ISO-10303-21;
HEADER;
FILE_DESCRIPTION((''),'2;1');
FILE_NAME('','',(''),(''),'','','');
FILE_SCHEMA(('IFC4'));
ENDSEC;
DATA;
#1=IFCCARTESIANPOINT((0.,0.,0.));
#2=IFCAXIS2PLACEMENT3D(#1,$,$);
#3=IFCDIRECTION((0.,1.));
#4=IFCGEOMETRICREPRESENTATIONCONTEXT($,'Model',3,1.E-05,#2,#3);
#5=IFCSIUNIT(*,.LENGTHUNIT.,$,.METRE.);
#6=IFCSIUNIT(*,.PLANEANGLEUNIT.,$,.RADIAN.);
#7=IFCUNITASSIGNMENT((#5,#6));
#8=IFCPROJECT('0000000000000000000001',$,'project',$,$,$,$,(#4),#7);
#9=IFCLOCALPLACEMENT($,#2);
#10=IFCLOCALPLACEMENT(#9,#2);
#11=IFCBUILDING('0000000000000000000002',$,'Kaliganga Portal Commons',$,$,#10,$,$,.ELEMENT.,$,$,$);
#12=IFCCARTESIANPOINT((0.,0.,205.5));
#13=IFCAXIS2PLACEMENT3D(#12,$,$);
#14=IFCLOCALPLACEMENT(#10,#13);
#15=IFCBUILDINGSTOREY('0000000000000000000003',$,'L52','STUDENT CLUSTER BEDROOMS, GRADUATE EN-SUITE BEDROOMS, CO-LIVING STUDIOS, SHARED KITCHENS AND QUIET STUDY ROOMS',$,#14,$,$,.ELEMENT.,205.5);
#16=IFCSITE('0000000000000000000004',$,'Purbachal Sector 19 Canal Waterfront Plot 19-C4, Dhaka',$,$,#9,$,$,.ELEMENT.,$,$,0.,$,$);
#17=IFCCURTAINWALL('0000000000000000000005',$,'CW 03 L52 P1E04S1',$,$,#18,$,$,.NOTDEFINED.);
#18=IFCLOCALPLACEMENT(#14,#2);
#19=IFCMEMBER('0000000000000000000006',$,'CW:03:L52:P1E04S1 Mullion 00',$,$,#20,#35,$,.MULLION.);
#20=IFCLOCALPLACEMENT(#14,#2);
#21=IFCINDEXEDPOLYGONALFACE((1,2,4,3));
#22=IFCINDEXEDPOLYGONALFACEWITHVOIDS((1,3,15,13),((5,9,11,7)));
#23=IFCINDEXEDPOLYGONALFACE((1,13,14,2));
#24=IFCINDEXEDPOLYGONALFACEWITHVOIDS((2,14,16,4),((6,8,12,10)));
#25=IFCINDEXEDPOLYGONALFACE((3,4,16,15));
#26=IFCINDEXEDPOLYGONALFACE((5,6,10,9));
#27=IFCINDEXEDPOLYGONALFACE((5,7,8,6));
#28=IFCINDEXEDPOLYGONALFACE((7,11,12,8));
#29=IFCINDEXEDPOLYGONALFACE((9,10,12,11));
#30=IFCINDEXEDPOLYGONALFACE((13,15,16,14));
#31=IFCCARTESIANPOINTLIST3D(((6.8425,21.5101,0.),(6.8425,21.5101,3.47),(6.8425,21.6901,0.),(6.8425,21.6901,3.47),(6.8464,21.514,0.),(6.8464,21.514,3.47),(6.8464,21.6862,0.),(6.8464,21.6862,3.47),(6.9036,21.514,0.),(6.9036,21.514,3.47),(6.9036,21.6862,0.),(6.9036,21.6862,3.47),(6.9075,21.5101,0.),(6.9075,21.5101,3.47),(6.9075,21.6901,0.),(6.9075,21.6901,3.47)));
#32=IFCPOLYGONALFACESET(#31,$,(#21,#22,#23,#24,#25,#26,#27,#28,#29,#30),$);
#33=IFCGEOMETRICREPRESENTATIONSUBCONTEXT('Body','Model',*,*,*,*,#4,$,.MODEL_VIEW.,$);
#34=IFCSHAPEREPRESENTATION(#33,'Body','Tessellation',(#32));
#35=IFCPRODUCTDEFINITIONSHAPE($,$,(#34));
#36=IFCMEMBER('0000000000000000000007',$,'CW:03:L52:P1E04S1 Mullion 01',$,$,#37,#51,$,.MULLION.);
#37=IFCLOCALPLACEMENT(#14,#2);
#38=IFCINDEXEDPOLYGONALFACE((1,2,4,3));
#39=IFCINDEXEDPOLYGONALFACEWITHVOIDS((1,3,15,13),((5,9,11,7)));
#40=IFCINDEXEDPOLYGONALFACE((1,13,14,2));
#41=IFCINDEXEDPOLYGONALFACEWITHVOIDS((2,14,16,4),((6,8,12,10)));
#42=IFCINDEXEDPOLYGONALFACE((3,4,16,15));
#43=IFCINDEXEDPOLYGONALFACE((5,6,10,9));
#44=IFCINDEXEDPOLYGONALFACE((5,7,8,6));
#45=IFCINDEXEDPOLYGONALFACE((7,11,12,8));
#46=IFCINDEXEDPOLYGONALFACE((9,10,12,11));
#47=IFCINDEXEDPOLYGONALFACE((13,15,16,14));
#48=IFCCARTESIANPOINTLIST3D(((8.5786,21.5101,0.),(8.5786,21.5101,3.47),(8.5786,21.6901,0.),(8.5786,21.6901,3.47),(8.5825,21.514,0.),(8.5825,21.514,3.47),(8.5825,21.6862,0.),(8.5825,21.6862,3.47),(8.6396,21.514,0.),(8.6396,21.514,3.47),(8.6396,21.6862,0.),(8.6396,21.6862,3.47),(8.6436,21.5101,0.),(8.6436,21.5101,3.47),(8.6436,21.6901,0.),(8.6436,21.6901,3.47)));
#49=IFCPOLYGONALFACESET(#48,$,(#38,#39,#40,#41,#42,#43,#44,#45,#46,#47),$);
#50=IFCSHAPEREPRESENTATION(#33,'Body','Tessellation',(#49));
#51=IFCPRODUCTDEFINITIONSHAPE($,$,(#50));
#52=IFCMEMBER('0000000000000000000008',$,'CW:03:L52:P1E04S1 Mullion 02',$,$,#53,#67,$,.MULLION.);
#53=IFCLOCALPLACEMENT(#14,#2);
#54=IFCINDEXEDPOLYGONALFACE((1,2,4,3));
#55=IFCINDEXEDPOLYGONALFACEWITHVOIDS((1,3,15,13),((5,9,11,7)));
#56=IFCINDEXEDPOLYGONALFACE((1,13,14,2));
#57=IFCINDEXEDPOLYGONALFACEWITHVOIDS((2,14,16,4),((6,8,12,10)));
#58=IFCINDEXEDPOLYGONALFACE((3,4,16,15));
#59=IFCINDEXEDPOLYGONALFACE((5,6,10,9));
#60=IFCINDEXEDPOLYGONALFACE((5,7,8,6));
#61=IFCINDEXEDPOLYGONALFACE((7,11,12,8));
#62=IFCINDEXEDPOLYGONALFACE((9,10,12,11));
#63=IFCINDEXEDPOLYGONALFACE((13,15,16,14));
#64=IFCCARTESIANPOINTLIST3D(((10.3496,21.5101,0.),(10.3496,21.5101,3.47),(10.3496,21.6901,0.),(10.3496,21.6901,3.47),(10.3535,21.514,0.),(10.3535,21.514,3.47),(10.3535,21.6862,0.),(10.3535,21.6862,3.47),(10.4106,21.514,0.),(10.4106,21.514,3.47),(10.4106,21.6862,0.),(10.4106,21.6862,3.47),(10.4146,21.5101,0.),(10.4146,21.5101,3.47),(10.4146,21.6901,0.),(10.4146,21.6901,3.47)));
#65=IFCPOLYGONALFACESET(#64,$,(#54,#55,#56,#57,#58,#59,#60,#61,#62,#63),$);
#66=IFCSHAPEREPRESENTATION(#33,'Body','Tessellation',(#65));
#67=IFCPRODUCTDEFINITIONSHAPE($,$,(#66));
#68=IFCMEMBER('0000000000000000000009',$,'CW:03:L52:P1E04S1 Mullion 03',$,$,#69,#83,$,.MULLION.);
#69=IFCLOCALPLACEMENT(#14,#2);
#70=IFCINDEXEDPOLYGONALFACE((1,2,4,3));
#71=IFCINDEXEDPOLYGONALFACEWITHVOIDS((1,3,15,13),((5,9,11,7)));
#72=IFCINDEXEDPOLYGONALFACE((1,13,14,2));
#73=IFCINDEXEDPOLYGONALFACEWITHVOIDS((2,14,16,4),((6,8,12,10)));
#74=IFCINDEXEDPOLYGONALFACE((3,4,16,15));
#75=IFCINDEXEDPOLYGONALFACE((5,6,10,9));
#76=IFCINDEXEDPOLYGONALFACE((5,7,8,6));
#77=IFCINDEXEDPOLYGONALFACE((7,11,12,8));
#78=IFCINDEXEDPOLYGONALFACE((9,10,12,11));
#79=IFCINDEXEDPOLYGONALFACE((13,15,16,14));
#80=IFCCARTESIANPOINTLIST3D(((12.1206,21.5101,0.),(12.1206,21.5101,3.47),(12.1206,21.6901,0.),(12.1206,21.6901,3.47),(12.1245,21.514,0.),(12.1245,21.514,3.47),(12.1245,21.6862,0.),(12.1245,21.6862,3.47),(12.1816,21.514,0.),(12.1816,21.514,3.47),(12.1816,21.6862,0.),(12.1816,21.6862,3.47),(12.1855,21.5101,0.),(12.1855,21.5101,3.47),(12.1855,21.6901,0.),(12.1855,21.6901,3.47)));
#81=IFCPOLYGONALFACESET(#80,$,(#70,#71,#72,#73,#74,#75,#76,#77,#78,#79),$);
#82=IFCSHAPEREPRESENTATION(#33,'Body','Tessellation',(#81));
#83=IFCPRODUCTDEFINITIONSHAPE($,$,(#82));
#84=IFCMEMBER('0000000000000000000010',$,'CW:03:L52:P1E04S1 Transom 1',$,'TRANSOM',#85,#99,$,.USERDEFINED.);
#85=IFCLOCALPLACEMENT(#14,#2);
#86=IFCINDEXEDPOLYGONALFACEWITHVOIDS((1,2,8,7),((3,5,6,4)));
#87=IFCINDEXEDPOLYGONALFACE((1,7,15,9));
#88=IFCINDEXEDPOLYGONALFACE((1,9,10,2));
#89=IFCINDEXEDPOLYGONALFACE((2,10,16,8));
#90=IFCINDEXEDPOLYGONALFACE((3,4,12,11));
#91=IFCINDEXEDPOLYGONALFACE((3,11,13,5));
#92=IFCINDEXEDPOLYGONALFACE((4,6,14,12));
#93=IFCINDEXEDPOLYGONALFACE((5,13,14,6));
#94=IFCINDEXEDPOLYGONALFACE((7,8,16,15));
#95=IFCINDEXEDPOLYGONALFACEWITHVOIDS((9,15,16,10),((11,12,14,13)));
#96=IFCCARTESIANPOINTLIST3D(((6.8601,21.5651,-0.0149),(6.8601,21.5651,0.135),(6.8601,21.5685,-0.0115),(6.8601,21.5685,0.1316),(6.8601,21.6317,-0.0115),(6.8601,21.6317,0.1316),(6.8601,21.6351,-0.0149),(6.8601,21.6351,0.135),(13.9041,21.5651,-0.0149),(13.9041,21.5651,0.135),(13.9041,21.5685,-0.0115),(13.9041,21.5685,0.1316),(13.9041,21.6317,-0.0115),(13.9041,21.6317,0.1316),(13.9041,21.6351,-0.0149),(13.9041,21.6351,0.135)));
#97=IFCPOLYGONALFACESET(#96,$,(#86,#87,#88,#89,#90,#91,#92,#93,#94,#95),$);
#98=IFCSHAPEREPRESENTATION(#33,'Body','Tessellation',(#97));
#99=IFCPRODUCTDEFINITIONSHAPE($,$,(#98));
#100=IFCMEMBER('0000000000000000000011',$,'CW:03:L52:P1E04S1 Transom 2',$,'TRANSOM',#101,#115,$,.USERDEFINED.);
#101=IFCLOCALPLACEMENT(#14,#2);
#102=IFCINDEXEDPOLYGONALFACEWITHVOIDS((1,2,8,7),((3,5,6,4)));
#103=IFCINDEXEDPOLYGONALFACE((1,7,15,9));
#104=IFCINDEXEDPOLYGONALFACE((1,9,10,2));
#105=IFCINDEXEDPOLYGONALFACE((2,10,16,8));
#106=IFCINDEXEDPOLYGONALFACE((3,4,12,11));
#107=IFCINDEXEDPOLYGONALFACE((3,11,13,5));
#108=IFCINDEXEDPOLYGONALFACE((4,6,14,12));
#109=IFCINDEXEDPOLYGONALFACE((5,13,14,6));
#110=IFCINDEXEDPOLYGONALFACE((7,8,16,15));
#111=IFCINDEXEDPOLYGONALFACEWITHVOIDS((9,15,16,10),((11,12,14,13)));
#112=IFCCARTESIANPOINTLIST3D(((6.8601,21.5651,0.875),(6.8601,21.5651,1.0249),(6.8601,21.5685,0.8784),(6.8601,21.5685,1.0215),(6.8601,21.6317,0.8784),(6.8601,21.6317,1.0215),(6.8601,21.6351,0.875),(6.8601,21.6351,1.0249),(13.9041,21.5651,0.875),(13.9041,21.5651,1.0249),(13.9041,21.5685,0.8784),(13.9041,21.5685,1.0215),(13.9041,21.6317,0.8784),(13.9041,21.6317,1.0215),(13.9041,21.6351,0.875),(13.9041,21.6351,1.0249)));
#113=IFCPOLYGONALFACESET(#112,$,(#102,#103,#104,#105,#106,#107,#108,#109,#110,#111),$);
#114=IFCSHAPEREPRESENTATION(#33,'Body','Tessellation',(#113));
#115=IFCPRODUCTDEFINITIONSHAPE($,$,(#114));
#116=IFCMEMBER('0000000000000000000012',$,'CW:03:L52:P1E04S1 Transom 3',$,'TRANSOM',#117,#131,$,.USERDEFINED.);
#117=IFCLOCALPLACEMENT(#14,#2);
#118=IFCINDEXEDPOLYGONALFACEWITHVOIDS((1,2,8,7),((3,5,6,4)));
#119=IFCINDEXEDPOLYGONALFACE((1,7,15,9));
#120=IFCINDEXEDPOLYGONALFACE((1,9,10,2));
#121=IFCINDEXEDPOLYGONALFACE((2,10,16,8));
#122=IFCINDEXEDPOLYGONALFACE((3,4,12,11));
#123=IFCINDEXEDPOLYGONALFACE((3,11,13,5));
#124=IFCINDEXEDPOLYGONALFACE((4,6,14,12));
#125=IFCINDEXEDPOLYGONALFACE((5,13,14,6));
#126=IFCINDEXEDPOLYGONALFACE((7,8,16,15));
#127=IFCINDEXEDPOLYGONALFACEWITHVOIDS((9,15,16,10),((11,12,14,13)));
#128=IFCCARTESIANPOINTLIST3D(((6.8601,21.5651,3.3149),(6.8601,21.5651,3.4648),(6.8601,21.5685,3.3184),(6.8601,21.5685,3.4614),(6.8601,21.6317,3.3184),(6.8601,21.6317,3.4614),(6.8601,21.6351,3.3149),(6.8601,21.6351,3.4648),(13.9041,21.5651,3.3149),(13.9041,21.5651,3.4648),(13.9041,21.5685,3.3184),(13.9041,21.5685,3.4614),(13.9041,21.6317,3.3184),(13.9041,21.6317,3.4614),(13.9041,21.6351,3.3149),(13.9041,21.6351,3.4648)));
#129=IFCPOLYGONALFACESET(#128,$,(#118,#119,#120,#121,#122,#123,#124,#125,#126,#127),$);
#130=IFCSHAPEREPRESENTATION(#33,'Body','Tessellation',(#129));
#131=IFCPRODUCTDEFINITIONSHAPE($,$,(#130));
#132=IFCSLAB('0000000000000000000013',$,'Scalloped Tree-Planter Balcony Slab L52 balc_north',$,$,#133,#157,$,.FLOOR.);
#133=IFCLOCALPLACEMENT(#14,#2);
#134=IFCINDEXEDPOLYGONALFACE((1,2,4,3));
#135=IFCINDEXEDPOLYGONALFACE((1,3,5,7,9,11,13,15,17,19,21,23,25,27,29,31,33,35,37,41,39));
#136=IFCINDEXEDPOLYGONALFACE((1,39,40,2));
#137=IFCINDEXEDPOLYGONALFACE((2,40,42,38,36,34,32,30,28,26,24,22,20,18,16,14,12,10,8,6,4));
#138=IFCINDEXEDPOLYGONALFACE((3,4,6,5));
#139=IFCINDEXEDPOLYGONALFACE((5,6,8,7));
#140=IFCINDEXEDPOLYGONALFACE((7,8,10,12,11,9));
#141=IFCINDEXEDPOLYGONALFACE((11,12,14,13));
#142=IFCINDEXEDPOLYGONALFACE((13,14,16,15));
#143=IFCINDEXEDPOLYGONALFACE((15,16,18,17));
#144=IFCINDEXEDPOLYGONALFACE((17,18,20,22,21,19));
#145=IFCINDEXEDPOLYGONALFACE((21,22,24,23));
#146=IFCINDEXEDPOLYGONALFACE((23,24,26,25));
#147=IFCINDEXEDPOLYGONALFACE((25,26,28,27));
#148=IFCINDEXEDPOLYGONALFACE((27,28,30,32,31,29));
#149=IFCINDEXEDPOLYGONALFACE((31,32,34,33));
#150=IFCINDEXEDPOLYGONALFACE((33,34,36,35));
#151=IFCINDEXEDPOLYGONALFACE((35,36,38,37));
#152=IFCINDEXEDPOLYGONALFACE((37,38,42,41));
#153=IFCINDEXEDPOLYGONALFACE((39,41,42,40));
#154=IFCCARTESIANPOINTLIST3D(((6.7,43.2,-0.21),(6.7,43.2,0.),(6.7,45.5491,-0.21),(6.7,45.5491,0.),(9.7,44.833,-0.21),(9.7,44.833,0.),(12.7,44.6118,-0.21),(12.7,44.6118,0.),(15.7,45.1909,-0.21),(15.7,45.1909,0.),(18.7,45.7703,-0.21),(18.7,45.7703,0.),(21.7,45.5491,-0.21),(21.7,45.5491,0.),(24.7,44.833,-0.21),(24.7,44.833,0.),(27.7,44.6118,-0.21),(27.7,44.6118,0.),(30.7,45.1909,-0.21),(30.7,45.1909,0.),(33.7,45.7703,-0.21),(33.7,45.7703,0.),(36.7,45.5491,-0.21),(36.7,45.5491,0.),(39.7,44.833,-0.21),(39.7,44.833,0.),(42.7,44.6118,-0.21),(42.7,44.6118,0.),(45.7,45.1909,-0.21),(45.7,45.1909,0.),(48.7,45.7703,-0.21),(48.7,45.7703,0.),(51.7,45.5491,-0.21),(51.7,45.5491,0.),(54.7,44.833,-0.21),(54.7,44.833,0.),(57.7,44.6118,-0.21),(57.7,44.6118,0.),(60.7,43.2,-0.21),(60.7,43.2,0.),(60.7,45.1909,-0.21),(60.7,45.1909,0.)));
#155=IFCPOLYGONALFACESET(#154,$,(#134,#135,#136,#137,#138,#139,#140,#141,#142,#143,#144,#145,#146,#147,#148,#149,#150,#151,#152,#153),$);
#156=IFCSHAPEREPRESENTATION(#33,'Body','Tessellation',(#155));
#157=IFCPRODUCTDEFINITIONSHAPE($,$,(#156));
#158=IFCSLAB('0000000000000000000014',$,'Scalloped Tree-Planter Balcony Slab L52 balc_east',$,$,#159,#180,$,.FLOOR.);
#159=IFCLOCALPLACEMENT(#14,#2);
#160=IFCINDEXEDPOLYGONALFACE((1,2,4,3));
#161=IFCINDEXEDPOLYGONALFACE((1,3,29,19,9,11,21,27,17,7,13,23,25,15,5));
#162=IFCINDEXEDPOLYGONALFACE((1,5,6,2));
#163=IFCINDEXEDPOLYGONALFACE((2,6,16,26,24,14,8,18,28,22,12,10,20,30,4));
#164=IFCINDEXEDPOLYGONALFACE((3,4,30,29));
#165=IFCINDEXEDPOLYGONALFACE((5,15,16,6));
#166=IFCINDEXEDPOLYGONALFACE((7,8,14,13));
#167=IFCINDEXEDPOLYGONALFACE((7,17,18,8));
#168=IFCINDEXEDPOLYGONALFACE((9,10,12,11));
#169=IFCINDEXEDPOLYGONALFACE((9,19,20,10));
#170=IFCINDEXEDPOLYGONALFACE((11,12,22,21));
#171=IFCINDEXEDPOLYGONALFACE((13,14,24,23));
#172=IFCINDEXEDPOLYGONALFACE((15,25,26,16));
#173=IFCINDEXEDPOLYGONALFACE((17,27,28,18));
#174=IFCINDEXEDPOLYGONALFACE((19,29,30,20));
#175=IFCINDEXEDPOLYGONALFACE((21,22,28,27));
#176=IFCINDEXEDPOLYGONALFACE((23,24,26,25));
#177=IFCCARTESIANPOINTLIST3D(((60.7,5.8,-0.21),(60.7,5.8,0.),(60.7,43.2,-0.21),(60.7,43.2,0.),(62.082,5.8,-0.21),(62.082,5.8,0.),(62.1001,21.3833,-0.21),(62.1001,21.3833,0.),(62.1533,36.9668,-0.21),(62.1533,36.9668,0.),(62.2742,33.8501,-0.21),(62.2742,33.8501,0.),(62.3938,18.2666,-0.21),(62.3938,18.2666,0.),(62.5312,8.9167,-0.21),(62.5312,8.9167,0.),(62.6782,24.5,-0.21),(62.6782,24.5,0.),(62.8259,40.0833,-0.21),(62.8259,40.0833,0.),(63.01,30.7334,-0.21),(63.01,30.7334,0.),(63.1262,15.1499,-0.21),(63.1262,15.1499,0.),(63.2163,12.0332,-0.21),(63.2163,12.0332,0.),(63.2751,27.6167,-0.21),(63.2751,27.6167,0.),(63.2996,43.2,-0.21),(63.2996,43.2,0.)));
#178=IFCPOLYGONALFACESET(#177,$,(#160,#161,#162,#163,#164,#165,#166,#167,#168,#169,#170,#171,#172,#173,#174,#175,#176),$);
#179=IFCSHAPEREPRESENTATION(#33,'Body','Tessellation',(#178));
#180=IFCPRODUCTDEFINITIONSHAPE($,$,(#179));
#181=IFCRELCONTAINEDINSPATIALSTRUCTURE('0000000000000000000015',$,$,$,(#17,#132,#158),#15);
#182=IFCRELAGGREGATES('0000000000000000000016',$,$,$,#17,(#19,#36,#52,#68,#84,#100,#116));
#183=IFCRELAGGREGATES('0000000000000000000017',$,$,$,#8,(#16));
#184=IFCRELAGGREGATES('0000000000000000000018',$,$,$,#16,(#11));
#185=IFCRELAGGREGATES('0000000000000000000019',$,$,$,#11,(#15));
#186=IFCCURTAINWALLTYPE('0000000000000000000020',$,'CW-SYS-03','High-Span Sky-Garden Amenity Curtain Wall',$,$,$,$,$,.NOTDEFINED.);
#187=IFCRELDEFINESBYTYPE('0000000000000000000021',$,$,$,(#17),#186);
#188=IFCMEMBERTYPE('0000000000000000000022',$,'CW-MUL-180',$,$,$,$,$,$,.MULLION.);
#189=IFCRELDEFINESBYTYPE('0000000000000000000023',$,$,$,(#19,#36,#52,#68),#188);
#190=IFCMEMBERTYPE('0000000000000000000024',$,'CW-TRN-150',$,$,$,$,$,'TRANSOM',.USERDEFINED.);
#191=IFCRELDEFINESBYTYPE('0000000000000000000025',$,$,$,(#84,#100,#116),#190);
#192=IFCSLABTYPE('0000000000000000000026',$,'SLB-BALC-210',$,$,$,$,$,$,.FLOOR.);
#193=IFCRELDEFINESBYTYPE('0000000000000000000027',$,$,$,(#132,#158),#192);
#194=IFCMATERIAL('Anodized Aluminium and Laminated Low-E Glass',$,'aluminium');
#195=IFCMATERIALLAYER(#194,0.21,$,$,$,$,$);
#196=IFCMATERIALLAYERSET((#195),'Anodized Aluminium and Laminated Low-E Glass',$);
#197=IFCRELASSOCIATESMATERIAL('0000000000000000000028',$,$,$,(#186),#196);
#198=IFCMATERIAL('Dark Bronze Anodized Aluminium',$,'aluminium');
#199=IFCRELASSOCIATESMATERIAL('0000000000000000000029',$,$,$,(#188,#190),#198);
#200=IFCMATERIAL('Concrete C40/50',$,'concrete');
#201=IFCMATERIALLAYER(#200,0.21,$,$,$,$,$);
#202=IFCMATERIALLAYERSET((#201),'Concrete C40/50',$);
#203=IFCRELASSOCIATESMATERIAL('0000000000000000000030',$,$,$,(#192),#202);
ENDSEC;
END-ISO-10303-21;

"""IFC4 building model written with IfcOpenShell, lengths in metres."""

from ifc_helpers import new_model, si_unit, direction, frame, origin, origin_2d, place, context, subcontext, project, spatial, polyline, hollow_rectangle, outline, extrude, source, transform, mapped, material, layer, layer_set, material_profile, profile_set, type_object, element, aggregate, save


model = new_model("IFC4")

# Units and contexts
model_context = context("Model", 3, precision=1e-05, world=origin(), true_north=direction((0.0, 1.0)))
body_context = subcontext(model_context, "Body", "Model", "MODEL_VIEW")
ifc_project = project(units=[si_unit("LENGTHUNIT", "METRE"), si_unit("PLANEANGLEUNIT", "RADIAN")], contexts=[model_context])

# Site, building, storey
site_placement = place(None, origin())
site = spatial("IfcSite", under=ifc_project, at=site_placement, Name="Purbachal Sector 19 Canal Waterfront Plot 19-C4, Dhaka", CompositionType="ELEMENT", RefElevation=0.0)
building_placement = place(site_placement, origin())
building = spatial("IfcBuilding", under=site, at=building_placement, Name="Kaliganga Portal Commons", CompositionType="ELEMENT")
storey_placement = place(building_placement, frame((0.0, 0.0, 205.5)))
storey = spatial("IfcBuildingStorey", under=building, at=storey_placement, Name="L52", Description="STUDENT CLUSTER BEDROOMS, GRADUATE EN-SUITE BEDROOMS, CO-LIVING STUDIOS, SHARED KITCHENS AND QUIET STUDY ROOMS", CompositionType="ELEMENT", Elevation=205.5)

# Curtain wall, members
ifc_material_1 = material(Name="Anodized Aluminium and Laminated Low-E Glass", Category="aluminium")
ifc_layer_1 = layer(ifc_material_1, 0.21)
ifc_layer_set_1 = layer_set([ifc_layer_1], Name="Anodized Aluminium and Laminated Low-E Glass")
curtain_wall_type = type_object("IfcCurtainWallType", Name="CW-SYS-03", Description="High-Span Sky-Garden Amenity Curtain Wall", PredefinedType="NOTDEFINED", material=ifc_layer_set_1)
curtain_wall_placement = place(storey_placement, origin())
curtain_wall = element("IfcCurtainWall", 1, at=curtain_wall_placement, inside=storey, type_object=curtain_wall_type, Name="CW 03 L52 P1E04S1", PredefinedType="NOTDEFINED")
ifc_material_2 = material(Name="Dark Bronze Anodized Aluminium", Category="aluminium")
ifc_material_profile_1 = material_profile(ifc_material_2, hollow_rectangle(XDim=0.0649, YDim=0.1799, WallThickness=0.0039, at=origin_2d()), Name="ALU MULL 65x180x4")
ifc_profile_set_1 = profile_set([ifc_material_profile_1], Name="Dark Bronze Anodized Aluminium")
member_type_1 = type_object("IfcMemberType", Name="CW-MUL-180", PredefinedType="MULLION", material=ifc_profile_set_1)
shared_shape_1 = source(origin(), body_context, "Body", "SweptSolid", [
    extrude(hollow_rectangle(XDim=0.0649, YDim=0.1799, WallThickness=0.0039, at=origin_2d()), origin(), (0.0, 0.0, 1.0), 3.47),
])
member_1_placement = place(storey_placement, frame((6.875, 21.6001, 0.0), z_axis=(0.0, 0.0, 1.0), x_axis=(1.0, 0.0, 0.0)))
member_1 = element("IfcMember", 2, at=member_1_placement, type_object=member_type_1, Name="CW:03:L52:P1E04S1 Mullion 00", PredefinedType="MULLION", context=body_context, shape_type="MappedRepresentation", body=[
    mapped(shared_shape_1, transform((0.0, 0.0, 0.0), x_axis=(1.0, 0.0, 0.0), y_axis=(0.0, 1.0, 0.0), z_axis=(0.0, 0.0, 1.0), scale=1.0)),
])
member_2_placement = place(storey_placement, frame((8.6111, 21.6001, 0.0), z_axis=(0.0, 0.0, 1.0), x_axis=(1.0, 0.0, 0.0)))
member_2 = element("IfcMember", 3, at=member_2_placement, type_object=member_type_1, Name="CW:03:L52:P1E04S1 Mullion 01", PredefinedType="MULLION", context=body_context, shape_type="MappedRepresentation", body=[
    mapped(shared_shape_1, transform((0.0, 0.0, 0.0), x_axis=(1.0, 0.0, 0.0), y_axis=(0.0, 1.0, 0.0), z_axis=(0.0, 0.0, 1.0), scale=1.0)),
])
member_3_placement = place(storey_placement, frame((10.3821, 21.6001, 0.0), z_axis=(0.0, 0.0, 1.0), x_axis=(1.0, 0.0, 0.0)))
member_3 = element("IfcMember", 4, at=member_3_placement, type_object=member_type_1, Name="CW:03:L52:P1E04S1 Mullion 02", PredefinedType="MULLION", context=body_context, shape_type="MappedRepresentation", body=[
    mapped(shared_shape_1, transform((0.0, 0.0, 0.0), x_axis=(1.0, 0.0, 0.0), y_axis=(0.0, 1.0, 0.0), z_axis=(0.0, 0.0, 1.0), scale=1.0)),
])
member_4_placement = place(storey_placement, frame((12.1531, 21.6001, 0.0), z_axis=(0.0, 0.0, 1.0), x_axis=(1.0, 0.0, 0.0)))
member_4 = element("IfcMember", 5, at=member_4_placement, type_object=member_type_1, Name="CW:03:L52:P1E04S1 Mullion 03", PredefinedType="MULLION", context=body_context, shape_type="MappedRepresentation", body=[
    mapped(shared_shape_1, transform((0.0, 0.0, 0.0), x_axis=(1.0, 0.0, 0.0), y_axis=(0.0, 1.0, 0.0), z_axis=(0.0, 0.0, 1.0), scale=1.0)),
])
ifc_material_profile_2 = material_profile(ifc_material_2, hollow_rectangle(XDim=0.0701, YDim=0.1499, WallThickness=0.0034, at=origin_2d()), Name="ALU TRAN 70x150x3.5")
ifc_profile_set_2 = profile_set([ifc_material_profile_2], Name="Dark Bronze Anodized Aluminium")
member_type_2 = type_object("IfcMemberType", Name="CW-TRN-150", ElementType="TRANSOM", PredefinedType="USERDEFINED", material=ifc_profile_set_2)
shared_shape_2 = source(origin(), body_context, "Body", "SweptSolid", [
    extrude(hollow_rectangle(XDim=0.0701, YDim=0.1499, WallThickness=0.0034, at=origin_2d()), origin(), (0.0, 0.0, 1.0), 7.0439),
])
member_5_placement = place(storey_placement, frame((6.8601, 21.6001, 0.0601), z_axis=(1.0, 0.0, 0.0), x_axis=(0.0, 1.0, 0.0)))
member_5 = element("IfcMember", 6, at=member_5_placement, type_object=member_type_2, Name="CW:03:L52:P1E04S1 Transom 1", ObjectType="TRANSOM", PredefinedType="USERDEFINED", context=body_context, shape_type="MappedRepresentation", body=[
    mapped(shared_shape_2, transform((0.0, 0.0, 0.0), x_axis=(1.0, 0.0, 0.0), y_axis=(0.0, 1.0, 0.0), z_axis=(0.0, 0.0, 1.0), scale=1.0)),
])
member_6_placement = place(storey_placement, frame((6.8601, 21.6001, 0.95), z_axis=(1.0, 0.0, 0.0), x_axis=(0.0, 1.0, 0.0)))
member_6 = element("IfcMember", 7, at=member_6_placement, type_object=member_type_2, Name="CW:03:L52:P1E04S1 Transom 2", ObjectType="TRANSOM", PredefinedType="USERDEFINED", context=body_context, shape_type="MappedRepresentation", body=[
    mapped(shared_shape_2, transform((0.0, 0.0, 0.0), x_axis=(1.0, 0.0, 0.0), y_axis=(0.0, 1.0, 0.0), z_axis=(0.0, 0.0, 1.0), scale=1.0)),
])
member_7_placement = place(storey_placement, frame((6.8601, 21.6001, 3.3899), z_axis=(1.0, 0.0, 0.0), x_axis=(0.0, 1.0, 0.0)))
member_7 = element("IfcMember", 8, at=member_7_placement, type_object=member_type_2, Name="CW:03:L52:P1E04S1 Transom 3", ObjectType="TRANSOM", PredefinedType="USERDEFINED", context=body_context, shape_type="MappedRepresentation", body=[
    mapped(shared_shape_2, transform((0.0, 0.0, 0.0), x_axis=(1.0, 0.0, 0.0), y_axis=(0.0, 1.0, 0.0), z_axis=(0.0, 0.0, 1.0), scale=1.0)),
])

# Slabs
ifc_material_3 = material(Name="Concrete C40/50", Category="concrete")
ifc_layer_2 = layer(ifc_material_3, 0.21)
ifc_layer_set_2 = layer_set([ifc_layer_2], Name="Concrete C40/50")
slab_type_1 = type_object("IfcSlabType", Name="SLB-BALC-210", PredefinedType="FLOOR", material=ifc_layer_set_2)
slab_1_placement = place(storey_placement, frame((0.0, 0.0, -0.21)))
element("IfcSlab", 9, at=slab_1_placement, inside=storey, type_object=slab_type_1, Name="Scalloped Tree-Planter Balcony Slab L52 balc_north", PredefinedType="FLOOR", context=body_context, shape_type="SweptSolid", body=[
    extrude(outline(polyline([(60.7, 43.2), (60.7, 45.1909), (57.7, 44.6118), (54.7, 44.833), (51.7, 45.5491), (48.7, 45.7703), (45.7, 45.1909), (42.7, 44.6118), (39.7, 44.833), (36.7, 45.5491), (33.7, 45.7703), (30.7, 45.1909), (27.7, 44.6118), (24.7, 44.833), (21.7, 45.5491), (18.7, 45.7703), (15.7, 45.1909), (12.7, 44.6118), (9.7, 44.833), (6.7, 45.5491), (6.7, 43.2), (60.7, 43.2)])), origin(), (0.0, 0.0, 1.0), 0.21),
])
slab_2_placement = place(storey_placement, frame((0.0, 0.0, -0.21)))
element("IfcSlab", 10, at=slab_2_placement, inside=storey, type_object=slab_type_1, Name="Scalloped Tree-Planter Balcony Slab L52 balc_east", PredefinedType="FLOOR", context=body_context, shape_type="SweptSolid", body=[
    extrude(outline(polyline([(60.7, 5.8), (62.082, 5.8), (62.5312, 8.9167), (63.2163, 12.0332), (63.1262, 15.1499), (62.3938, 18.2666), (62.1001, 21.3833), (62.6782, 24.5), (63.2751, 27.6167), (63.01, 30.7334), (62.2742, 33.8501), (62.1533, 36.9668), (62.8259, 40.0833), (63.2996, 43.2), (60.7, 43.2), (60.7, 5.8)])), origin(), (0.0, 0.0, 1.0), 0.21),
])

aggregate(curtain_wall, [member_1, member_2, member_3, member_4, member_5, member_6, member_7])

save(model, "model.ifc")
